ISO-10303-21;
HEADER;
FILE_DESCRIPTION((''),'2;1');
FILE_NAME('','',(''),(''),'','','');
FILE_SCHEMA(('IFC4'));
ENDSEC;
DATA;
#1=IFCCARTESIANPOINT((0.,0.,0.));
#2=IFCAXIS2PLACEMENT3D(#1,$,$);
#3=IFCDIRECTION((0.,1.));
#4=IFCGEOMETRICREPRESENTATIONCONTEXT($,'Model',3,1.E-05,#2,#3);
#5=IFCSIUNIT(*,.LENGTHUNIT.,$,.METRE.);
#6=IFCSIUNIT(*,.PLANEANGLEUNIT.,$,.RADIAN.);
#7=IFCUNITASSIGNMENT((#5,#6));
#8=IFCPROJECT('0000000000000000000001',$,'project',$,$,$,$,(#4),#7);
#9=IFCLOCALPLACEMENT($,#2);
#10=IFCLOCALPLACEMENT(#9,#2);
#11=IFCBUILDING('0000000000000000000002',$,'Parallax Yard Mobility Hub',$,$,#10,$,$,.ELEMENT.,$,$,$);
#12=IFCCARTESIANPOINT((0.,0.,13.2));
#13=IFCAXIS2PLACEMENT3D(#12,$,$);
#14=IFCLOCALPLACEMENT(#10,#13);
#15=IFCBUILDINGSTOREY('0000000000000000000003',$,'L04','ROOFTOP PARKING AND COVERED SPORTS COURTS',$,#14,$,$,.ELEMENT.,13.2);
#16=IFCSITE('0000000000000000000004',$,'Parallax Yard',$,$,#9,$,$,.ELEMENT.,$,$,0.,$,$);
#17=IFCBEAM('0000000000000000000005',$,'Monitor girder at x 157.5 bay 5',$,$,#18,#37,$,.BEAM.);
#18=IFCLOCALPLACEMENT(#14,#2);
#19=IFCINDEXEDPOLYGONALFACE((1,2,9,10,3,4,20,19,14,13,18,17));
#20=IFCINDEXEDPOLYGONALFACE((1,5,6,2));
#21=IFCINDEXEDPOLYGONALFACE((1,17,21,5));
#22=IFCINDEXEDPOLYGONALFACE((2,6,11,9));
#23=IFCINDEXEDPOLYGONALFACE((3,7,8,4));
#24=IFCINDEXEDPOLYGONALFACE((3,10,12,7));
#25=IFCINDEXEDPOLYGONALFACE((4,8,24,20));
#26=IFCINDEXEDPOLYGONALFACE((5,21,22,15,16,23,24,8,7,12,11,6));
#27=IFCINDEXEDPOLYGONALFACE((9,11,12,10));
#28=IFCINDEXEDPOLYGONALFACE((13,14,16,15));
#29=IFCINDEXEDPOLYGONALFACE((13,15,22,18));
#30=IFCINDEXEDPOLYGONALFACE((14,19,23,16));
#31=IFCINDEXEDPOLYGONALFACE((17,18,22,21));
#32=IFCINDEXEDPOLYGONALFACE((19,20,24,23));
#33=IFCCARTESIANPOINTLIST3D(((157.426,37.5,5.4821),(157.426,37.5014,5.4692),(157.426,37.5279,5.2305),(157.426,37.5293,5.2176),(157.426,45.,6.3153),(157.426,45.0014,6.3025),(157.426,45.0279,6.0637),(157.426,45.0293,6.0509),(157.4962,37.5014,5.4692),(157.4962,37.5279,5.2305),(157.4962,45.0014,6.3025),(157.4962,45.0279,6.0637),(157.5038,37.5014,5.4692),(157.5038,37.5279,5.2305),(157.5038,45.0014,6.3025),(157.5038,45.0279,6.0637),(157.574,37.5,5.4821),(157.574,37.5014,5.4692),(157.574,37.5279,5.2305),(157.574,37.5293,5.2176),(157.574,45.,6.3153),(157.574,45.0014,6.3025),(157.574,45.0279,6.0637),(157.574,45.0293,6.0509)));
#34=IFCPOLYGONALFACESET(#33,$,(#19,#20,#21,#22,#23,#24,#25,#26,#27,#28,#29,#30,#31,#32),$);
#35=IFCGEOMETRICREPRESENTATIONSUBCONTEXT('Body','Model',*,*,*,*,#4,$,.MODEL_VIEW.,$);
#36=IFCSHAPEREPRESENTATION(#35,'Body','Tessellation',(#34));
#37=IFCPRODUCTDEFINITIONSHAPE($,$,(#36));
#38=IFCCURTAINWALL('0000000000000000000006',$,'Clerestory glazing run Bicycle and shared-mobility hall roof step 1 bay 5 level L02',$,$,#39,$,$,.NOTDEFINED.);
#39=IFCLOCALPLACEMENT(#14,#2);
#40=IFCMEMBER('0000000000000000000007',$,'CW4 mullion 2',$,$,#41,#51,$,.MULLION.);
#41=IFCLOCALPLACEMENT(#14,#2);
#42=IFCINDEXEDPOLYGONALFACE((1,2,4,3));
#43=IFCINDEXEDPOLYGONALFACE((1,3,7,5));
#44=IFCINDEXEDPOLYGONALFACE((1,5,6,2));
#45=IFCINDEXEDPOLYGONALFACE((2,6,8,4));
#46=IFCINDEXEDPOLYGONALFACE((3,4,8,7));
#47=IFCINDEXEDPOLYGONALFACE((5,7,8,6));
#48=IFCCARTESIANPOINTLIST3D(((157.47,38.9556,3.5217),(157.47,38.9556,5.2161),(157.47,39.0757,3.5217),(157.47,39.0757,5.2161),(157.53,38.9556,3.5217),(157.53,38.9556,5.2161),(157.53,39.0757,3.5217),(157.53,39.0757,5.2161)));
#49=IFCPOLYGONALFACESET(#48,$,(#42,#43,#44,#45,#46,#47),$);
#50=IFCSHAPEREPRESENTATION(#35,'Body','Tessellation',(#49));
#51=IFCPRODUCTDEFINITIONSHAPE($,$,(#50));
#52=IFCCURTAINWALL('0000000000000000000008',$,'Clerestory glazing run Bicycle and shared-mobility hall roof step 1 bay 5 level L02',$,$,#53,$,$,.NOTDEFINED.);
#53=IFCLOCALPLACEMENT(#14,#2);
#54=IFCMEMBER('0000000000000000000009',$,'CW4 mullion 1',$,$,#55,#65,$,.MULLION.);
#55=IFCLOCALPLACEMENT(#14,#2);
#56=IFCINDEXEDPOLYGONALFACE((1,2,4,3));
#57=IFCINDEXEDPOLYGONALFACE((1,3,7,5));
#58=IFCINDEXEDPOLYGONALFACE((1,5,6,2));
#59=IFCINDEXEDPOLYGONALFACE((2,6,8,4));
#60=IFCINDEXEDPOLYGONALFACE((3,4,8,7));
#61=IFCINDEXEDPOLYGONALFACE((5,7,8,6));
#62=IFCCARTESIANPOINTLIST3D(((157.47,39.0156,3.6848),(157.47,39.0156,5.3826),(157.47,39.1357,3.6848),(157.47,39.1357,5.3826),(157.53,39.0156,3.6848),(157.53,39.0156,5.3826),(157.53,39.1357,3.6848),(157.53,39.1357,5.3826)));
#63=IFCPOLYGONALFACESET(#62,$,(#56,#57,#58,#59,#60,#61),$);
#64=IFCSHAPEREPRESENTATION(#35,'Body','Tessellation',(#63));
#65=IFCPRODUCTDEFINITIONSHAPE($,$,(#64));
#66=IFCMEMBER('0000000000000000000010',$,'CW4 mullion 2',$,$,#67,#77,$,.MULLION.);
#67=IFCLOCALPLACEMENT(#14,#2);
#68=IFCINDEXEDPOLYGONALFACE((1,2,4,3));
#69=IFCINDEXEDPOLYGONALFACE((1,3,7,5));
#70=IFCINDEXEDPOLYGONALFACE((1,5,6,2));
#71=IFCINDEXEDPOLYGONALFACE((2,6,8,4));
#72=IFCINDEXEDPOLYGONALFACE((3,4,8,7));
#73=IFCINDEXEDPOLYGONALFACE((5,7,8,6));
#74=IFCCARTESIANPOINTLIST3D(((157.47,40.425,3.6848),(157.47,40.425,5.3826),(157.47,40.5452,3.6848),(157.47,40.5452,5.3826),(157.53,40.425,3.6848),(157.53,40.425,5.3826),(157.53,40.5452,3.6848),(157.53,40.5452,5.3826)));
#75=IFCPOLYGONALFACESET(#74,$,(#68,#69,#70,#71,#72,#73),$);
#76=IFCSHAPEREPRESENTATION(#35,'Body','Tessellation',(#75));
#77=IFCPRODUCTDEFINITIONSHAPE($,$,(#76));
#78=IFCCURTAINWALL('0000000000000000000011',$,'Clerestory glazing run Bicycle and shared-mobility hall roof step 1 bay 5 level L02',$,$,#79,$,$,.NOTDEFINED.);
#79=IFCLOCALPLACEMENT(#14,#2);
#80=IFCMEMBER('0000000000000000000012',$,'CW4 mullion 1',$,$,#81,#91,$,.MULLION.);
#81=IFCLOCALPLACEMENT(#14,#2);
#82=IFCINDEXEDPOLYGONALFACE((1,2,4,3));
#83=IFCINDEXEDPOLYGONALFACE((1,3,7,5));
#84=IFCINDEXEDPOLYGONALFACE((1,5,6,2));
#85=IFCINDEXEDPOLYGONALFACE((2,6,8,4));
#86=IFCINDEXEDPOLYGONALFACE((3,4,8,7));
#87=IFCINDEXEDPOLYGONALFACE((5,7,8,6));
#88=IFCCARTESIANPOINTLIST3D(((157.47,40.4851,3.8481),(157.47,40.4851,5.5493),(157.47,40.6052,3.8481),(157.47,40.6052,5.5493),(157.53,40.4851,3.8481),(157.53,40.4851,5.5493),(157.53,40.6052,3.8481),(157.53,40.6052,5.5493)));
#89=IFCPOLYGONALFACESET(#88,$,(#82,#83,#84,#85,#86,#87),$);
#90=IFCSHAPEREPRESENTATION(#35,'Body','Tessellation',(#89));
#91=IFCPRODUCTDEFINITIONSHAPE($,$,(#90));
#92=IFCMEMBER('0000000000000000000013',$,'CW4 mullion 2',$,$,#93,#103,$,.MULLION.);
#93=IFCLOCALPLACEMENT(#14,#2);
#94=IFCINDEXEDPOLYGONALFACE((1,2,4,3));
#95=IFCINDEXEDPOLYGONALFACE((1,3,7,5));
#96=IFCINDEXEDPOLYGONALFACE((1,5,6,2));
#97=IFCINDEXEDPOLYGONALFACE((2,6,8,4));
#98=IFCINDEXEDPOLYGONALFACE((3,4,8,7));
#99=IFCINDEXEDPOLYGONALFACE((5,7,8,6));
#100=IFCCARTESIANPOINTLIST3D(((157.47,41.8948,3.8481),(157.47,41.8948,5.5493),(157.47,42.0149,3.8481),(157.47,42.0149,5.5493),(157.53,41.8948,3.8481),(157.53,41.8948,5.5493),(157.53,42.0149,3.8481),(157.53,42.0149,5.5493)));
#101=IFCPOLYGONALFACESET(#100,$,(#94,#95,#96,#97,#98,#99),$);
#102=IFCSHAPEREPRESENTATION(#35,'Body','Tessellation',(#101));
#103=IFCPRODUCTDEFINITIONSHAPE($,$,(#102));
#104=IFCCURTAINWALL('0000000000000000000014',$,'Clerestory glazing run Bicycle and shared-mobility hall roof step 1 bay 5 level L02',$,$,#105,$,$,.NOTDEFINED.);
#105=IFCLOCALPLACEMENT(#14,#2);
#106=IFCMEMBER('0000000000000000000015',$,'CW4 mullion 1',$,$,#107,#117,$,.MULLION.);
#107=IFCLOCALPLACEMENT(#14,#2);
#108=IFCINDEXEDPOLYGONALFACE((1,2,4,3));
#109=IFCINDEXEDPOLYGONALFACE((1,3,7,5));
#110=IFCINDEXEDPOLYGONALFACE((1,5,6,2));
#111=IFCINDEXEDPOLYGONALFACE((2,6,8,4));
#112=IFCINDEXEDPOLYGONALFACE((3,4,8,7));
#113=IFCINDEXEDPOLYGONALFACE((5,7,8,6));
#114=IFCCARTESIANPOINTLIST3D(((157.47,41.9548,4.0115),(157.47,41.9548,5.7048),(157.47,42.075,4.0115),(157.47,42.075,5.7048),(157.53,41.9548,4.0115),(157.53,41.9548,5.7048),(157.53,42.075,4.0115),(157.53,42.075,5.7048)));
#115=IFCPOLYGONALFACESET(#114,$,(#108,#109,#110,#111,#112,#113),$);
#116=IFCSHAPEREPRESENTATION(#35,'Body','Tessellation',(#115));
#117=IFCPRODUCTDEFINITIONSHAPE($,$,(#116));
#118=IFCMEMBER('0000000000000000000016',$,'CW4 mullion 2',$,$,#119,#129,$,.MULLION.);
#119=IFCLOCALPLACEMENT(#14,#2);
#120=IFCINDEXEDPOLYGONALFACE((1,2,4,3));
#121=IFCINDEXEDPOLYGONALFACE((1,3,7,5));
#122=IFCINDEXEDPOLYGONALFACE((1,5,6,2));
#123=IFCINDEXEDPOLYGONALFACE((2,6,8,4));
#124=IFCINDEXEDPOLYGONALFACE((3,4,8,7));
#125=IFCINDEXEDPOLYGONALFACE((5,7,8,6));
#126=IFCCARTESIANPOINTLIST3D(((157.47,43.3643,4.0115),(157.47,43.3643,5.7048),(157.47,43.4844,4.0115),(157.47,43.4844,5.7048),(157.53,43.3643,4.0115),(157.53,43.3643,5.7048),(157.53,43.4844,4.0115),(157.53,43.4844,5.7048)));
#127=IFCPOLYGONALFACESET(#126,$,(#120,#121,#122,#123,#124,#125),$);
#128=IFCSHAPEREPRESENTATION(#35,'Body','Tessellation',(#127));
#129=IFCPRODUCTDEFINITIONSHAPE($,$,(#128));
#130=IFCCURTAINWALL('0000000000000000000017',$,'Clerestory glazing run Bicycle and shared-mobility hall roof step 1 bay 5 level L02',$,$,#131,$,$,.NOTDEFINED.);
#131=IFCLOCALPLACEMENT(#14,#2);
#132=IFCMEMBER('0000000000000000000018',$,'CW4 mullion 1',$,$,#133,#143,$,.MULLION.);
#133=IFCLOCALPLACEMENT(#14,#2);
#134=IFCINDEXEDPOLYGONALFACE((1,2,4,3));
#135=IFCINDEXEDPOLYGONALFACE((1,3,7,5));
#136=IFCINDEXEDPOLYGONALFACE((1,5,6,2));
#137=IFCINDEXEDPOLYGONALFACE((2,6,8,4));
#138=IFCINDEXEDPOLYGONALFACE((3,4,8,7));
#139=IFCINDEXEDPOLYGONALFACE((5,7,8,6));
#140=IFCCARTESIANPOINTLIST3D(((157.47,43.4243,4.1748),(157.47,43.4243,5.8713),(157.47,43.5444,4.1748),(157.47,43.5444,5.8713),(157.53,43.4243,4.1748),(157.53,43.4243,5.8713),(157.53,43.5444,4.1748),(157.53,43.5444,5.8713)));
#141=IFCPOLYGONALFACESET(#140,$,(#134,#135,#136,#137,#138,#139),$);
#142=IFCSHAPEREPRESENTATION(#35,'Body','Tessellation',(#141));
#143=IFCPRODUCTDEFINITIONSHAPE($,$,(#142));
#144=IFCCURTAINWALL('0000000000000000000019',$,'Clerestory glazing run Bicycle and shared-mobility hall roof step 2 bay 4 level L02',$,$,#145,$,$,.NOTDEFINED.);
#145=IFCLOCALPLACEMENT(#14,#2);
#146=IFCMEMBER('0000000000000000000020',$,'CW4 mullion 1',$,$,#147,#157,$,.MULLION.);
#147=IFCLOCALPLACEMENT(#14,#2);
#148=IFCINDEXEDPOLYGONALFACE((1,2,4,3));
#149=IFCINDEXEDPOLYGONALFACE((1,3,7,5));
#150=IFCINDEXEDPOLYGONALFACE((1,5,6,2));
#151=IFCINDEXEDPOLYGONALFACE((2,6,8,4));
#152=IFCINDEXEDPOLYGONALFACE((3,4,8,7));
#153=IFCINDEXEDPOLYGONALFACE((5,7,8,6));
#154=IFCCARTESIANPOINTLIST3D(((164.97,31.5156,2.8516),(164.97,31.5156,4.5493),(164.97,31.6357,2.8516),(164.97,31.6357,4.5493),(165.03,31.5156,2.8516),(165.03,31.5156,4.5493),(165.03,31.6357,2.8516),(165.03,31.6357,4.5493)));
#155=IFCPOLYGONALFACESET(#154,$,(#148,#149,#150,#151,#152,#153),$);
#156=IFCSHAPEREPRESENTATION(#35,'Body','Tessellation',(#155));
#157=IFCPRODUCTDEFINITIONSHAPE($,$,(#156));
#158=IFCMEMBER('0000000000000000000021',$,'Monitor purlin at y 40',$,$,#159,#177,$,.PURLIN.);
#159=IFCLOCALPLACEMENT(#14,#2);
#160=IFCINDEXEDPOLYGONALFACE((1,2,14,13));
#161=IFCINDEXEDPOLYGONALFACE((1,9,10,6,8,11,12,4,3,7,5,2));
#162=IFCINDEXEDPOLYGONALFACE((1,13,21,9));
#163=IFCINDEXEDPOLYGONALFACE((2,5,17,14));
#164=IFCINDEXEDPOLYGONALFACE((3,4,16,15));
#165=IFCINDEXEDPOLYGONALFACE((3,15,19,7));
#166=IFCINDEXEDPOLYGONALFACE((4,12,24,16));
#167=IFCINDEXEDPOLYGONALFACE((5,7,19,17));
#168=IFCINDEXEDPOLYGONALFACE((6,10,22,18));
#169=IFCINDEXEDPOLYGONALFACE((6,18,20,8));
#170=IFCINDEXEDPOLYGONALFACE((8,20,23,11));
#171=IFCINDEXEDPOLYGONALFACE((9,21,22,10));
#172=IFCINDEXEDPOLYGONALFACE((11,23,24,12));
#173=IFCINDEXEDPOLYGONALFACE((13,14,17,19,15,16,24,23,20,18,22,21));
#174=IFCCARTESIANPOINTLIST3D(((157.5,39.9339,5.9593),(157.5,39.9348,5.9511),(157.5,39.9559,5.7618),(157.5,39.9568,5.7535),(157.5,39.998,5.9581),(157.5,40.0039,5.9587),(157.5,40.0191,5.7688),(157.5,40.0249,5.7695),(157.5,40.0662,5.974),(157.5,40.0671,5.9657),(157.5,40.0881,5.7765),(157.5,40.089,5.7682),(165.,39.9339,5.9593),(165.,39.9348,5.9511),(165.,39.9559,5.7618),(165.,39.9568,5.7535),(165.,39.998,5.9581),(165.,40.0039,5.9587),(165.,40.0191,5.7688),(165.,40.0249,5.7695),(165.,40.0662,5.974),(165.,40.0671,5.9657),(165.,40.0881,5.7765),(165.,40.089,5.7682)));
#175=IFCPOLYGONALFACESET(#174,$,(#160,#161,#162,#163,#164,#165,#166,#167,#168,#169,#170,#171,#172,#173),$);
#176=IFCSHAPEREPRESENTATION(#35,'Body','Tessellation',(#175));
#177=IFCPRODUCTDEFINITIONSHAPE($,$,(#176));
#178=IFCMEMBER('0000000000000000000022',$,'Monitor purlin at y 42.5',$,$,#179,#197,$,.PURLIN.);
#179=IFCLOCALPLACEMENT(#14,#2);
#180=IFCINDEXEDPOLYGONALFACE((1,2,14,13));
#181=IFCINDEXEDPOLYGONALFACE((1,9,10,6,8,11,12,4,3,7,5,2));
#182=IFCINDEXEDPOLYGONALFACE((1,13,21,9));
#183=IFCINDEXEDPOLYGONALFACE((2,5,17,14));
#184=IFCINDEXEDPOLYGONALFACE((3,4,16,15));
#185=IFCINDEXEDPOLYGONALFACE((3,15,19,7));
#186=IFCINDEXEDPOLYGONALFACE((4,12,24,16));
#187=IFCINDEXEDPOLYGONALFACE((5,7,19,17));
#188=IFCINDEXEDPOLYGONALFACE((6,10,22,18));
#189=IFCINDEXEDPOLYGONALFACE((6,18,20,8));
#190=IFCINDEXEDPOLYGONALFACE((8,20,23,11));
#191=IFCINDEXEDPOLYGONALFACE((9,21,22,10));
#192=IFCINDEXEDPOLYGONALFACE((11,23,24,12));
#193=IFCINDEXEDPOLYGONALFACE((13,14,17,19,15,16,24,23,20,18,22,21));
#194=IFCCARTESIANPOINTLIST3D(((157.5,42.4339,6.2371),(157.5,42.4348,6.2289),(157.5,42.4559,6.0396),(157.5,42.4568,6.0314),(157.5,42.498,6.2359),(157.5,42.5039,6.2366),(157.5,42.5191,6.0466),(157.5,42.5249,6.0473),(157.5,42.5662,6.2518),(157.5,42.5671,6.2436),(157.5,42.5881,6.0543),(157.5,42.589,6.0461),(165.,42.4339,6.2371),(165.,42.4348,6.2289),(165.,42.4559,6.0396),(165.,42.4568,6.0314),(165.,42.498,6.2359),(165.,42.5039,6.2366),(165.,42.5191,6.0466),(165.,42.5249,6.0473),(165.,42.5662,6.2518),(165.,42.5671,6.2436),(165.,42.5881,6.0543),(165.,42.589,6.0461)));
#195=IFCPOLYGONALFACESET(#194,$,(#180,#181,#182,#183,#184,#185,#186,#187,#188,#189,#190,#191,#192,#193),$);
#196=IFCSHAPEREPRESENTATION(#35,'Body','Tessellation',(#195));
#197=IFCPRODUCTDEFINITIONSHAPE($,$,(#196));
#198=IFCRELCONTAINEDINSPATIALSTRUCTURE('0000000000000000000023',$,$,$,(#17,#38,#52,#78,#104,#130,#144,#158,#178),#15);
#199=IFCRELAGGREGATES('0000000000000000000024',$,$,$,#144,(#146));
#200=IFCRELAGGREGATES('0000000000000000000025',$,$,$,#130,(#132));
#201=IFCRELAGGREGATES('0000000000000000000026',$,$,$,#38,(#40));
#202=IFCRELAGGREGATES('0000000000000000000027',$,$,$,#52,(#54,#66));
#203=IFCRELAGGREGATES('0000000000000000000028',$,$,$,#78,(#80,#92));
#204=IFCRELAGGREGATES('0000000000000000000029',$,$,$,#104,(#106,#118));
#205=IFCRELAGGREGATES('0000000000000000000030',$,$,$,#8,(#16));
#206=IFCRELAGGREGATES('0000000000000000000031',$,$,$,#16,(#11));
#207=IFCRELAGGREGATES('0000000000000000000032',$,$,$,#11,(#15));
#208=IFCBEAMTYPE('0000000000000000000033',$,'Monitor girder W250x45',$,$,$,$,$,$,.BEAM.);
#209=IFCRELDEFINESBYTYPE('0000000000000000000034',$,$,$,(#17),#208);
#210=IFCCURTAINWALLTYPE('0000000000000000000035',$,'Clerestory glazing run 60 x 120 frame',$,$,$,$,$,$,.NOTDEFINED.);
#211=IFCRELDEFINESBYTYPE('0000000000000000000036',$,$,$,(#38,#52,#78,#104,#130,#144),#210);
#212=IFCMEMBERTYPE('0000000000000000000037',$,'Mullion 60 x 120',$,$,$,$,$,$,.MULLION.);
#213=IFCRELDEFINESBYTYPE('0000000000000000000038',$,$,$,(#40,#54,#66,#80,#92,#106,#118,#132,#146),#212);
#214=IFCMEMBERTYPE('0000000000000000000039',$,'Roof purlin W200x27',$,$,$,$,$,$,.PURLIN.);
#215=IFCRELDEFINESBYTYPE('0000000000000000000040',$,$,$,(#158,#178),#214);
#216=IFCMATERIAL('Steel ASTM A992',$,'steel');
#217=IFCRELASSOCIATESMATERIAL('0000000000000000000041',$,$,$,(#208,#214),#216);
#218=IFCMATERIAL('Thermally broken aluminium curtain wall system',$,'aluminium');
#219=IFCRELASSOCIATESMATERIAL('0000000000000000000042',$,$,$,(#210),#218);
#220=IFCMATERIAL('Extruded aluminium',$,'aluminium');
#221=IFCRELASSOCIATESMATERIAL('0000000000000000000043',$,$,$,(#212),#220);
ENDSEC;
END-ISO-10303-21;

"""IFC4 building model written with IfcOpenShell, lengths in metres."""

from ifc_helpers import new_model, si_unit, direction, frame, origin, origin_2d, place, context, subcontext, project, spatial, rectangle, i_section, extrude, material, material_profile, profile_set, type_object, element, aggregate, save


model = new_model("IFC4")

# Units and contexts
model_context = context("Model", 3, precision=1e-05, world=origin(), true_north=direction((0.0, 1.0)))
body_context = subcontext(model_context, "Body", "Model", "MODEL_VIEW")
ifc_project = project(units=[si_unit("LENGTHUNIT", "METRE"), si_unit("PLANEANGLEUNIT", "RADIAN")], contexts=[model_context])

# Site, building, storey
site_placement = place(None, origin())
site = spatial("IfcSite", under=ifc_project, at=site_placement, Name="Parallax Yard", CompositionType="ELEMENT", RefElevation=0.0)
building_placement = place(site_placement, origin())
building = spatial("IfcBuilding", under=site, at=building_placement, Name="Parallax Yard Mobility Hub", CompositionType="ELEMENT")
storey_placement = place(building_placement, frame((0.0, 0.0, 13.2)))
storey = spatial("IfcBuildingStorey", under=building, at=storey_placement, Name="L04", Description="ROOFTOP PARKING AND COVERED SPORTS COURTS", CompositionType="ELEMENT", Elevation=13.2)

# Beam
ifc_material_1 = material(Name="Steel ASTM A992", Category="steel")
ifc_material_profile_1 = material_profile(ifc_material_1, i_section(OverallWidth=0.1479, OverallDepth=0.2661, WebThickness=0.0076, FlangeThickness=0.0129, at=origin_2d()), Name="W250x45")
ifc_profile_set_1 = profile_set([ifc_material_profile_1], Name="Steel ASTM A992")
beam_type = type_object("IfcBeamType", Name="Monitor girder W250x45", PredefinedType="BEAM", material=ifc_profile_set_1)
beam_placement = place(storey_placement, frame((157.5, 37.5146, 5.3499), z_axis=(0.0, 0.993885, 0.110421), x_axis=(-1.0, 0.0, 0.0)))
element("IfcBeam", 1, at=beam_placement, inside=storey, type_object=beam_type, Name="Monitor girder at x 157.5 bay 5", PredefinedType="BEAM", context=body_context, shape_type="SweptSolid", body=[
    extrude(i_section(OverallWidth=0.1479, OverallDepth=0.2661, WebThickness=0.0076, FlangeThickness=0.0129, at=origin_2d()), origin(), (0.0, 0.0, 1.0), 7.5461),
])

# Curtain wall, member
ifc_material_2 = material(Name="Thermally broken aluminium curtain wall system", Category="aluminium")
curtain_wall_type = type_object("IfcCurtainWallType", Name="Clerestory glazing run 60 x 120 frame", PredefinedType="NOTDEFINED", material=ifc_material_2)
curtain_wall_1_placement = place(storey_placement, origin())
curtain_wall_1 = element("IfcCurtainWall", 2, at=curtain_wall_1_placement, inside=storey, type_object=curtain_wall_type, Name="Clerestory glazing run Bicycle and shared-mobility hall roof step 1 bay 5 level L02", PredefinedType="NOTDEFINED")
ifc_material_3 = material(Name="Extruded aluminium", Category="aluminium")
ifc_material_profile_2 = material_profile(ifc_material_3, rectangle(XDim=0.0601, YDim=0.1201, at=origin_2d()), Name="Mullion 60 x 120")
ifc_profile_set_2 = profile_set([ifc_material_profile_2], Name="Extruded aluminium")
member_type_1 = type_object("IfcMemberType", Name="Mullion 60 x 120", PredefinedType="MULLION", material=ifc_profile_set_2)
member_1_placement = place(storey_placement, frame((157.5, 39.0156, 3.5217), z_axis=(0.0, 0.0, 1.0), x_axis=(-1.0, 0.0, 0.0)))
member_1 = element("IfcMember", 3, at=member_1_placement, type_object=member_type_1, Name="CW4 mullion 2", PredefinedType="MULLION", context=body_context, shape_type="SweptSolid", body=[
    extrude(rectangle(XDim=0.0601, YDim=0.1201, at=origin_2d()), origin(), (0.0, 0.0, 1.0), 1.6943),
])

# Curtain walls, members
curtain_wall_2_placement = place(storey_placement, origin())
curtain_wall_2 = element("IfcCurtainWall", 4, at=curtain_wall_2_placement, inside=storey, type_object=curtain_wall_type, Name="Clerestory glazing run Bicycle and shared-mobility hall roof step 1 bay 5 level L02", PredefinedType="NOTDEFINED")
member_2_placement = place(storey_placement, frame((157.5, 39.0757, 3.6848), z_axis=(0.0, 0.0, 1.0), x_axis=(-1.0, 0.0, 0.0)))
member_2 = element("IfcMember", 5, at=member_2_placement, type_object=member_type_1, Name="CW4 mullion 1", PredefinedType="MULLION", context=body_context, shape_type="SweptSolid", body=[
    extrude(rectangle(XDim=0.0601, YDim=0.1201, at=origin_2d()), origin(), (0.0, 0.0, 1.0), 1.6978),
])
member_3_placement = place(storey_placement, frame((157.5, 40.4851, 3.6848), z_axis=(0.0, 0.0, 1.0), x_axis=(-1.0, 0.0, 0.0)))
member_3 = element("IfcMember", 6, at=member_3_placement, type_object=member_type_1, Name="CW4 mullion 2", PredefinedType="MULLION", context=body_context, shape_type="SweptSolid", body=[
    extrude(rectangle(XDim=0.0601, YDim=0.1201, at=origin_2d()), origin(), (0.0, 0.0, 1.0), 1.6978),
])
curtain_wall_3_placement = place(storey_placement, origin())
curtain_wall_3 = element("IfcCurtainWall", 7, at=curtain_wall_3_placement, inside=storey, type_object=curtain_wall_type, Name="Clerestory glazing run Bicycle and shared-mobility hall roof step 1 bay 5 level L02", PredefinedType="NOTDEFINED")
member_4_placement = place(storey_placement, frame((157.5, 40.5452, 3.8481), z_axis=(0.0, 0.0, 1.0), x_axis=(-1.0, 0.0, 0.0)))
member_4 = element("IfcMember", 8, at=member_4_placement, type_object=member_type_1, Name="CW4 mullion 1", PredefinedType="MULLION", context=body_context, shape_type="SweptSolid", body=[
    extrude(rectangle(XDim=0.0601, YDim=0.1201, at=origin_2d()), origin(), (0.0, 0.0, 1.0), 1.7012),
])
member_5_placement = place(storey_placement, frame((157.5, 41.9548, 3.8481), z_axis=(0.0, 0.0, 1.0), x_axis=(-1.0, 0.0, 0.0)))
member_5 = element("IfcMember", 9, at=member_5_placement, type_object=member_type_1, Name="CW4 mullion 2", PredefinedType="MULLION", context=body_context, shape_type="SweptSolid", body=[
    extrude(rectangle(XDim=0.0601, YDim=0.1201, at=origin_2d()), origin(), (0.0, 0.0, 1.0), 1.7012),
])
curtain_wall_4_placement = place(storey_placement, origin())
curtain_wall_4 = element("IfcCurtainWall", 10, at=curtain_wall_4_placement, inside=storey, type_object=curtain_wall_type, Name="Clerestory glazing run Bicycle and shared-mobility hall roof step 1 bay 5 level L02", PredefinedType="NOTDEFINED")
member_6_placement = place(storey_placement, frame((157.5, 42.0149, 4.0115), z_axis=(0.0, 0.0, 1.0), x_axis=(-1.0, 0.0, 0.0)))
member_6 = element("IfcMember", 11, at=member_6_placement, type_object=member_type_1, Name="CW4 mullion 1", PredefinedType="MULLION", context=body_context, shape_type="SweptSolid", body=[
    extrude(rectangle(XDim=0.0601, YDim=0.1201, at=origin_2d()), origin(), (0.0, 0.0, 1.0), 1.6934),
])
member_7_placement = place(storey_placement, frame((157.5, 43.4243, 4.0115), z_axis=(0.0, 0.0, 1.0), x_axis=(-1.0, 0.0, 0.0)))
member_7 = element("IfcMember", 12, at=member_7_placement, type_object=member_type_1, Name="CW4 mullion 2", PredefinedType="MULLION", context=body_context, shape_type="SweptSolid", body=[
    extrude(rectangle(XDim=0.0601, YDim=0.1201, at=origin_2d()), origin(), (0.0, 0.0, 1.0), 1.6934),
])

# Curtain walls, members
curtain_wall_5_placement = place(storey_placement, origin())
curtain_wall_5 = element("IfcCurtainWall", 13, at=curtain_wall_5_placement, inside=storey, type_object=curtain_wall_type, Name="Clerestory glazing run Bicycle and shared-mobility hall roof step 1 bay 5 level L02", PredefinedType="NOTDEFINED")
member_8_placement = place(storey_placement, frame((157.5, 43.4844, 4.1748), z_axis=(0.0, 0.0, 1.0), x_axis=(-1.0, 0.0, 0.0)))
member_8 = element("IfcMember", 14, at=member_8_placement, type_object=member_type_1, Name="CW4 mullion 1", PredefinedType="MULLION", context=body_context, shape_type="SweptSolid", body=[
    extrude(rectangle(XDim=0.0601, YDim=0.1201, at=origin_2d()), origin(), (0.0, 0.0, 1.0), 1.6965),
])
curtain_wall_6_placement = place(storey_placement, origin())
curtain_wall_6 = element("IfcCurtainWall", 15, at=curtain_wall_6_placement, inside=storey, type_object=curtain_wall_type, Name="Clerestory glazing run Bicycle and shared-mobility hall roof step 2 bay 4 level L02", PredefinedType="NOTDEFINED")
member_9_placement = place(storey_placement, frame((165.0, 31.5757, 2.8516), z_axis=(0.0, 0.0, 1.0), x_axis=(-1.0, 0.0, 0.0)))
member_9 = element("IfcMember", 16, at=member_9_placement, type_object=member_type_1, Name="CW4 mullion 1", PredefinedType="MULLION", context=body_context, shape_type="SweptSolid", body=[
    extrude(rectangle(XDim=0.0601, YDim=0.1201, at=origin_2d()), origin(), (0.0, 0.0, 1.0), 1.6978),
])
aggregate(curtain_wall_6, [member_9])

# Members
ifc_material_profile_3 = material_profile(ifc_material_1, i_section(OverallWidth=0.1331, OverallDepth=0.207, WebThickness=0.0059, FlangeThickness=0.0083, at=origin_2d()), Name="W200x27")
ifc_profile_set_3 = profile_set([ifc_material_profile_3], Name="Steel ASTM A992")
member_type_2 = type_object("IfcMemberType", Name="Roof purlin W200x27", PredefinedType="PURLIN", material=ifc_profile_set_3)
for number, where, z_axis, x_axis, name in (
    (17, (157.5, 40.0115, 5.8638), (1.0, 0.0, 0.0), (0.0, 0.993884, 0.110432), "Monitor purlin at y 40"),
    (18, (157.5, 42.5115, 6.1416), (1.0, 0.0, 0.0), (0.0, 0.993884, 0.110432), "Monitor purlin at y 42.5"),
):
    element("IfcMember", number, at=place(storey_placement, frame(where, z_axis=z_axis, x_axis=x_axis)), inside=storey, type_object=member_type_2, Name=name, PredefinedType="PURLIN", context=body_context, shape_type="SweptSolid", body=[
        extrude(i_section(OverallWidth=0.1331, OverallDepth=0.207, WebThickness=0.0059, FlangeThickness=0.0083, at=origin_2d()), origin(), (0.0, 0.0, 1.0), 7.5),
    ])

aggregate(curtain_wall_5, [member_8])

aggregate(curtain_wall_1, [member_1])
aggregate(curtain_wall_2, [member_2, member_3])
aggregate(curtain_wall_3, [member_4, member_5])
aggregate(curtain_wall_4, [member_6, member_7])

save(model, "model.ifc")
